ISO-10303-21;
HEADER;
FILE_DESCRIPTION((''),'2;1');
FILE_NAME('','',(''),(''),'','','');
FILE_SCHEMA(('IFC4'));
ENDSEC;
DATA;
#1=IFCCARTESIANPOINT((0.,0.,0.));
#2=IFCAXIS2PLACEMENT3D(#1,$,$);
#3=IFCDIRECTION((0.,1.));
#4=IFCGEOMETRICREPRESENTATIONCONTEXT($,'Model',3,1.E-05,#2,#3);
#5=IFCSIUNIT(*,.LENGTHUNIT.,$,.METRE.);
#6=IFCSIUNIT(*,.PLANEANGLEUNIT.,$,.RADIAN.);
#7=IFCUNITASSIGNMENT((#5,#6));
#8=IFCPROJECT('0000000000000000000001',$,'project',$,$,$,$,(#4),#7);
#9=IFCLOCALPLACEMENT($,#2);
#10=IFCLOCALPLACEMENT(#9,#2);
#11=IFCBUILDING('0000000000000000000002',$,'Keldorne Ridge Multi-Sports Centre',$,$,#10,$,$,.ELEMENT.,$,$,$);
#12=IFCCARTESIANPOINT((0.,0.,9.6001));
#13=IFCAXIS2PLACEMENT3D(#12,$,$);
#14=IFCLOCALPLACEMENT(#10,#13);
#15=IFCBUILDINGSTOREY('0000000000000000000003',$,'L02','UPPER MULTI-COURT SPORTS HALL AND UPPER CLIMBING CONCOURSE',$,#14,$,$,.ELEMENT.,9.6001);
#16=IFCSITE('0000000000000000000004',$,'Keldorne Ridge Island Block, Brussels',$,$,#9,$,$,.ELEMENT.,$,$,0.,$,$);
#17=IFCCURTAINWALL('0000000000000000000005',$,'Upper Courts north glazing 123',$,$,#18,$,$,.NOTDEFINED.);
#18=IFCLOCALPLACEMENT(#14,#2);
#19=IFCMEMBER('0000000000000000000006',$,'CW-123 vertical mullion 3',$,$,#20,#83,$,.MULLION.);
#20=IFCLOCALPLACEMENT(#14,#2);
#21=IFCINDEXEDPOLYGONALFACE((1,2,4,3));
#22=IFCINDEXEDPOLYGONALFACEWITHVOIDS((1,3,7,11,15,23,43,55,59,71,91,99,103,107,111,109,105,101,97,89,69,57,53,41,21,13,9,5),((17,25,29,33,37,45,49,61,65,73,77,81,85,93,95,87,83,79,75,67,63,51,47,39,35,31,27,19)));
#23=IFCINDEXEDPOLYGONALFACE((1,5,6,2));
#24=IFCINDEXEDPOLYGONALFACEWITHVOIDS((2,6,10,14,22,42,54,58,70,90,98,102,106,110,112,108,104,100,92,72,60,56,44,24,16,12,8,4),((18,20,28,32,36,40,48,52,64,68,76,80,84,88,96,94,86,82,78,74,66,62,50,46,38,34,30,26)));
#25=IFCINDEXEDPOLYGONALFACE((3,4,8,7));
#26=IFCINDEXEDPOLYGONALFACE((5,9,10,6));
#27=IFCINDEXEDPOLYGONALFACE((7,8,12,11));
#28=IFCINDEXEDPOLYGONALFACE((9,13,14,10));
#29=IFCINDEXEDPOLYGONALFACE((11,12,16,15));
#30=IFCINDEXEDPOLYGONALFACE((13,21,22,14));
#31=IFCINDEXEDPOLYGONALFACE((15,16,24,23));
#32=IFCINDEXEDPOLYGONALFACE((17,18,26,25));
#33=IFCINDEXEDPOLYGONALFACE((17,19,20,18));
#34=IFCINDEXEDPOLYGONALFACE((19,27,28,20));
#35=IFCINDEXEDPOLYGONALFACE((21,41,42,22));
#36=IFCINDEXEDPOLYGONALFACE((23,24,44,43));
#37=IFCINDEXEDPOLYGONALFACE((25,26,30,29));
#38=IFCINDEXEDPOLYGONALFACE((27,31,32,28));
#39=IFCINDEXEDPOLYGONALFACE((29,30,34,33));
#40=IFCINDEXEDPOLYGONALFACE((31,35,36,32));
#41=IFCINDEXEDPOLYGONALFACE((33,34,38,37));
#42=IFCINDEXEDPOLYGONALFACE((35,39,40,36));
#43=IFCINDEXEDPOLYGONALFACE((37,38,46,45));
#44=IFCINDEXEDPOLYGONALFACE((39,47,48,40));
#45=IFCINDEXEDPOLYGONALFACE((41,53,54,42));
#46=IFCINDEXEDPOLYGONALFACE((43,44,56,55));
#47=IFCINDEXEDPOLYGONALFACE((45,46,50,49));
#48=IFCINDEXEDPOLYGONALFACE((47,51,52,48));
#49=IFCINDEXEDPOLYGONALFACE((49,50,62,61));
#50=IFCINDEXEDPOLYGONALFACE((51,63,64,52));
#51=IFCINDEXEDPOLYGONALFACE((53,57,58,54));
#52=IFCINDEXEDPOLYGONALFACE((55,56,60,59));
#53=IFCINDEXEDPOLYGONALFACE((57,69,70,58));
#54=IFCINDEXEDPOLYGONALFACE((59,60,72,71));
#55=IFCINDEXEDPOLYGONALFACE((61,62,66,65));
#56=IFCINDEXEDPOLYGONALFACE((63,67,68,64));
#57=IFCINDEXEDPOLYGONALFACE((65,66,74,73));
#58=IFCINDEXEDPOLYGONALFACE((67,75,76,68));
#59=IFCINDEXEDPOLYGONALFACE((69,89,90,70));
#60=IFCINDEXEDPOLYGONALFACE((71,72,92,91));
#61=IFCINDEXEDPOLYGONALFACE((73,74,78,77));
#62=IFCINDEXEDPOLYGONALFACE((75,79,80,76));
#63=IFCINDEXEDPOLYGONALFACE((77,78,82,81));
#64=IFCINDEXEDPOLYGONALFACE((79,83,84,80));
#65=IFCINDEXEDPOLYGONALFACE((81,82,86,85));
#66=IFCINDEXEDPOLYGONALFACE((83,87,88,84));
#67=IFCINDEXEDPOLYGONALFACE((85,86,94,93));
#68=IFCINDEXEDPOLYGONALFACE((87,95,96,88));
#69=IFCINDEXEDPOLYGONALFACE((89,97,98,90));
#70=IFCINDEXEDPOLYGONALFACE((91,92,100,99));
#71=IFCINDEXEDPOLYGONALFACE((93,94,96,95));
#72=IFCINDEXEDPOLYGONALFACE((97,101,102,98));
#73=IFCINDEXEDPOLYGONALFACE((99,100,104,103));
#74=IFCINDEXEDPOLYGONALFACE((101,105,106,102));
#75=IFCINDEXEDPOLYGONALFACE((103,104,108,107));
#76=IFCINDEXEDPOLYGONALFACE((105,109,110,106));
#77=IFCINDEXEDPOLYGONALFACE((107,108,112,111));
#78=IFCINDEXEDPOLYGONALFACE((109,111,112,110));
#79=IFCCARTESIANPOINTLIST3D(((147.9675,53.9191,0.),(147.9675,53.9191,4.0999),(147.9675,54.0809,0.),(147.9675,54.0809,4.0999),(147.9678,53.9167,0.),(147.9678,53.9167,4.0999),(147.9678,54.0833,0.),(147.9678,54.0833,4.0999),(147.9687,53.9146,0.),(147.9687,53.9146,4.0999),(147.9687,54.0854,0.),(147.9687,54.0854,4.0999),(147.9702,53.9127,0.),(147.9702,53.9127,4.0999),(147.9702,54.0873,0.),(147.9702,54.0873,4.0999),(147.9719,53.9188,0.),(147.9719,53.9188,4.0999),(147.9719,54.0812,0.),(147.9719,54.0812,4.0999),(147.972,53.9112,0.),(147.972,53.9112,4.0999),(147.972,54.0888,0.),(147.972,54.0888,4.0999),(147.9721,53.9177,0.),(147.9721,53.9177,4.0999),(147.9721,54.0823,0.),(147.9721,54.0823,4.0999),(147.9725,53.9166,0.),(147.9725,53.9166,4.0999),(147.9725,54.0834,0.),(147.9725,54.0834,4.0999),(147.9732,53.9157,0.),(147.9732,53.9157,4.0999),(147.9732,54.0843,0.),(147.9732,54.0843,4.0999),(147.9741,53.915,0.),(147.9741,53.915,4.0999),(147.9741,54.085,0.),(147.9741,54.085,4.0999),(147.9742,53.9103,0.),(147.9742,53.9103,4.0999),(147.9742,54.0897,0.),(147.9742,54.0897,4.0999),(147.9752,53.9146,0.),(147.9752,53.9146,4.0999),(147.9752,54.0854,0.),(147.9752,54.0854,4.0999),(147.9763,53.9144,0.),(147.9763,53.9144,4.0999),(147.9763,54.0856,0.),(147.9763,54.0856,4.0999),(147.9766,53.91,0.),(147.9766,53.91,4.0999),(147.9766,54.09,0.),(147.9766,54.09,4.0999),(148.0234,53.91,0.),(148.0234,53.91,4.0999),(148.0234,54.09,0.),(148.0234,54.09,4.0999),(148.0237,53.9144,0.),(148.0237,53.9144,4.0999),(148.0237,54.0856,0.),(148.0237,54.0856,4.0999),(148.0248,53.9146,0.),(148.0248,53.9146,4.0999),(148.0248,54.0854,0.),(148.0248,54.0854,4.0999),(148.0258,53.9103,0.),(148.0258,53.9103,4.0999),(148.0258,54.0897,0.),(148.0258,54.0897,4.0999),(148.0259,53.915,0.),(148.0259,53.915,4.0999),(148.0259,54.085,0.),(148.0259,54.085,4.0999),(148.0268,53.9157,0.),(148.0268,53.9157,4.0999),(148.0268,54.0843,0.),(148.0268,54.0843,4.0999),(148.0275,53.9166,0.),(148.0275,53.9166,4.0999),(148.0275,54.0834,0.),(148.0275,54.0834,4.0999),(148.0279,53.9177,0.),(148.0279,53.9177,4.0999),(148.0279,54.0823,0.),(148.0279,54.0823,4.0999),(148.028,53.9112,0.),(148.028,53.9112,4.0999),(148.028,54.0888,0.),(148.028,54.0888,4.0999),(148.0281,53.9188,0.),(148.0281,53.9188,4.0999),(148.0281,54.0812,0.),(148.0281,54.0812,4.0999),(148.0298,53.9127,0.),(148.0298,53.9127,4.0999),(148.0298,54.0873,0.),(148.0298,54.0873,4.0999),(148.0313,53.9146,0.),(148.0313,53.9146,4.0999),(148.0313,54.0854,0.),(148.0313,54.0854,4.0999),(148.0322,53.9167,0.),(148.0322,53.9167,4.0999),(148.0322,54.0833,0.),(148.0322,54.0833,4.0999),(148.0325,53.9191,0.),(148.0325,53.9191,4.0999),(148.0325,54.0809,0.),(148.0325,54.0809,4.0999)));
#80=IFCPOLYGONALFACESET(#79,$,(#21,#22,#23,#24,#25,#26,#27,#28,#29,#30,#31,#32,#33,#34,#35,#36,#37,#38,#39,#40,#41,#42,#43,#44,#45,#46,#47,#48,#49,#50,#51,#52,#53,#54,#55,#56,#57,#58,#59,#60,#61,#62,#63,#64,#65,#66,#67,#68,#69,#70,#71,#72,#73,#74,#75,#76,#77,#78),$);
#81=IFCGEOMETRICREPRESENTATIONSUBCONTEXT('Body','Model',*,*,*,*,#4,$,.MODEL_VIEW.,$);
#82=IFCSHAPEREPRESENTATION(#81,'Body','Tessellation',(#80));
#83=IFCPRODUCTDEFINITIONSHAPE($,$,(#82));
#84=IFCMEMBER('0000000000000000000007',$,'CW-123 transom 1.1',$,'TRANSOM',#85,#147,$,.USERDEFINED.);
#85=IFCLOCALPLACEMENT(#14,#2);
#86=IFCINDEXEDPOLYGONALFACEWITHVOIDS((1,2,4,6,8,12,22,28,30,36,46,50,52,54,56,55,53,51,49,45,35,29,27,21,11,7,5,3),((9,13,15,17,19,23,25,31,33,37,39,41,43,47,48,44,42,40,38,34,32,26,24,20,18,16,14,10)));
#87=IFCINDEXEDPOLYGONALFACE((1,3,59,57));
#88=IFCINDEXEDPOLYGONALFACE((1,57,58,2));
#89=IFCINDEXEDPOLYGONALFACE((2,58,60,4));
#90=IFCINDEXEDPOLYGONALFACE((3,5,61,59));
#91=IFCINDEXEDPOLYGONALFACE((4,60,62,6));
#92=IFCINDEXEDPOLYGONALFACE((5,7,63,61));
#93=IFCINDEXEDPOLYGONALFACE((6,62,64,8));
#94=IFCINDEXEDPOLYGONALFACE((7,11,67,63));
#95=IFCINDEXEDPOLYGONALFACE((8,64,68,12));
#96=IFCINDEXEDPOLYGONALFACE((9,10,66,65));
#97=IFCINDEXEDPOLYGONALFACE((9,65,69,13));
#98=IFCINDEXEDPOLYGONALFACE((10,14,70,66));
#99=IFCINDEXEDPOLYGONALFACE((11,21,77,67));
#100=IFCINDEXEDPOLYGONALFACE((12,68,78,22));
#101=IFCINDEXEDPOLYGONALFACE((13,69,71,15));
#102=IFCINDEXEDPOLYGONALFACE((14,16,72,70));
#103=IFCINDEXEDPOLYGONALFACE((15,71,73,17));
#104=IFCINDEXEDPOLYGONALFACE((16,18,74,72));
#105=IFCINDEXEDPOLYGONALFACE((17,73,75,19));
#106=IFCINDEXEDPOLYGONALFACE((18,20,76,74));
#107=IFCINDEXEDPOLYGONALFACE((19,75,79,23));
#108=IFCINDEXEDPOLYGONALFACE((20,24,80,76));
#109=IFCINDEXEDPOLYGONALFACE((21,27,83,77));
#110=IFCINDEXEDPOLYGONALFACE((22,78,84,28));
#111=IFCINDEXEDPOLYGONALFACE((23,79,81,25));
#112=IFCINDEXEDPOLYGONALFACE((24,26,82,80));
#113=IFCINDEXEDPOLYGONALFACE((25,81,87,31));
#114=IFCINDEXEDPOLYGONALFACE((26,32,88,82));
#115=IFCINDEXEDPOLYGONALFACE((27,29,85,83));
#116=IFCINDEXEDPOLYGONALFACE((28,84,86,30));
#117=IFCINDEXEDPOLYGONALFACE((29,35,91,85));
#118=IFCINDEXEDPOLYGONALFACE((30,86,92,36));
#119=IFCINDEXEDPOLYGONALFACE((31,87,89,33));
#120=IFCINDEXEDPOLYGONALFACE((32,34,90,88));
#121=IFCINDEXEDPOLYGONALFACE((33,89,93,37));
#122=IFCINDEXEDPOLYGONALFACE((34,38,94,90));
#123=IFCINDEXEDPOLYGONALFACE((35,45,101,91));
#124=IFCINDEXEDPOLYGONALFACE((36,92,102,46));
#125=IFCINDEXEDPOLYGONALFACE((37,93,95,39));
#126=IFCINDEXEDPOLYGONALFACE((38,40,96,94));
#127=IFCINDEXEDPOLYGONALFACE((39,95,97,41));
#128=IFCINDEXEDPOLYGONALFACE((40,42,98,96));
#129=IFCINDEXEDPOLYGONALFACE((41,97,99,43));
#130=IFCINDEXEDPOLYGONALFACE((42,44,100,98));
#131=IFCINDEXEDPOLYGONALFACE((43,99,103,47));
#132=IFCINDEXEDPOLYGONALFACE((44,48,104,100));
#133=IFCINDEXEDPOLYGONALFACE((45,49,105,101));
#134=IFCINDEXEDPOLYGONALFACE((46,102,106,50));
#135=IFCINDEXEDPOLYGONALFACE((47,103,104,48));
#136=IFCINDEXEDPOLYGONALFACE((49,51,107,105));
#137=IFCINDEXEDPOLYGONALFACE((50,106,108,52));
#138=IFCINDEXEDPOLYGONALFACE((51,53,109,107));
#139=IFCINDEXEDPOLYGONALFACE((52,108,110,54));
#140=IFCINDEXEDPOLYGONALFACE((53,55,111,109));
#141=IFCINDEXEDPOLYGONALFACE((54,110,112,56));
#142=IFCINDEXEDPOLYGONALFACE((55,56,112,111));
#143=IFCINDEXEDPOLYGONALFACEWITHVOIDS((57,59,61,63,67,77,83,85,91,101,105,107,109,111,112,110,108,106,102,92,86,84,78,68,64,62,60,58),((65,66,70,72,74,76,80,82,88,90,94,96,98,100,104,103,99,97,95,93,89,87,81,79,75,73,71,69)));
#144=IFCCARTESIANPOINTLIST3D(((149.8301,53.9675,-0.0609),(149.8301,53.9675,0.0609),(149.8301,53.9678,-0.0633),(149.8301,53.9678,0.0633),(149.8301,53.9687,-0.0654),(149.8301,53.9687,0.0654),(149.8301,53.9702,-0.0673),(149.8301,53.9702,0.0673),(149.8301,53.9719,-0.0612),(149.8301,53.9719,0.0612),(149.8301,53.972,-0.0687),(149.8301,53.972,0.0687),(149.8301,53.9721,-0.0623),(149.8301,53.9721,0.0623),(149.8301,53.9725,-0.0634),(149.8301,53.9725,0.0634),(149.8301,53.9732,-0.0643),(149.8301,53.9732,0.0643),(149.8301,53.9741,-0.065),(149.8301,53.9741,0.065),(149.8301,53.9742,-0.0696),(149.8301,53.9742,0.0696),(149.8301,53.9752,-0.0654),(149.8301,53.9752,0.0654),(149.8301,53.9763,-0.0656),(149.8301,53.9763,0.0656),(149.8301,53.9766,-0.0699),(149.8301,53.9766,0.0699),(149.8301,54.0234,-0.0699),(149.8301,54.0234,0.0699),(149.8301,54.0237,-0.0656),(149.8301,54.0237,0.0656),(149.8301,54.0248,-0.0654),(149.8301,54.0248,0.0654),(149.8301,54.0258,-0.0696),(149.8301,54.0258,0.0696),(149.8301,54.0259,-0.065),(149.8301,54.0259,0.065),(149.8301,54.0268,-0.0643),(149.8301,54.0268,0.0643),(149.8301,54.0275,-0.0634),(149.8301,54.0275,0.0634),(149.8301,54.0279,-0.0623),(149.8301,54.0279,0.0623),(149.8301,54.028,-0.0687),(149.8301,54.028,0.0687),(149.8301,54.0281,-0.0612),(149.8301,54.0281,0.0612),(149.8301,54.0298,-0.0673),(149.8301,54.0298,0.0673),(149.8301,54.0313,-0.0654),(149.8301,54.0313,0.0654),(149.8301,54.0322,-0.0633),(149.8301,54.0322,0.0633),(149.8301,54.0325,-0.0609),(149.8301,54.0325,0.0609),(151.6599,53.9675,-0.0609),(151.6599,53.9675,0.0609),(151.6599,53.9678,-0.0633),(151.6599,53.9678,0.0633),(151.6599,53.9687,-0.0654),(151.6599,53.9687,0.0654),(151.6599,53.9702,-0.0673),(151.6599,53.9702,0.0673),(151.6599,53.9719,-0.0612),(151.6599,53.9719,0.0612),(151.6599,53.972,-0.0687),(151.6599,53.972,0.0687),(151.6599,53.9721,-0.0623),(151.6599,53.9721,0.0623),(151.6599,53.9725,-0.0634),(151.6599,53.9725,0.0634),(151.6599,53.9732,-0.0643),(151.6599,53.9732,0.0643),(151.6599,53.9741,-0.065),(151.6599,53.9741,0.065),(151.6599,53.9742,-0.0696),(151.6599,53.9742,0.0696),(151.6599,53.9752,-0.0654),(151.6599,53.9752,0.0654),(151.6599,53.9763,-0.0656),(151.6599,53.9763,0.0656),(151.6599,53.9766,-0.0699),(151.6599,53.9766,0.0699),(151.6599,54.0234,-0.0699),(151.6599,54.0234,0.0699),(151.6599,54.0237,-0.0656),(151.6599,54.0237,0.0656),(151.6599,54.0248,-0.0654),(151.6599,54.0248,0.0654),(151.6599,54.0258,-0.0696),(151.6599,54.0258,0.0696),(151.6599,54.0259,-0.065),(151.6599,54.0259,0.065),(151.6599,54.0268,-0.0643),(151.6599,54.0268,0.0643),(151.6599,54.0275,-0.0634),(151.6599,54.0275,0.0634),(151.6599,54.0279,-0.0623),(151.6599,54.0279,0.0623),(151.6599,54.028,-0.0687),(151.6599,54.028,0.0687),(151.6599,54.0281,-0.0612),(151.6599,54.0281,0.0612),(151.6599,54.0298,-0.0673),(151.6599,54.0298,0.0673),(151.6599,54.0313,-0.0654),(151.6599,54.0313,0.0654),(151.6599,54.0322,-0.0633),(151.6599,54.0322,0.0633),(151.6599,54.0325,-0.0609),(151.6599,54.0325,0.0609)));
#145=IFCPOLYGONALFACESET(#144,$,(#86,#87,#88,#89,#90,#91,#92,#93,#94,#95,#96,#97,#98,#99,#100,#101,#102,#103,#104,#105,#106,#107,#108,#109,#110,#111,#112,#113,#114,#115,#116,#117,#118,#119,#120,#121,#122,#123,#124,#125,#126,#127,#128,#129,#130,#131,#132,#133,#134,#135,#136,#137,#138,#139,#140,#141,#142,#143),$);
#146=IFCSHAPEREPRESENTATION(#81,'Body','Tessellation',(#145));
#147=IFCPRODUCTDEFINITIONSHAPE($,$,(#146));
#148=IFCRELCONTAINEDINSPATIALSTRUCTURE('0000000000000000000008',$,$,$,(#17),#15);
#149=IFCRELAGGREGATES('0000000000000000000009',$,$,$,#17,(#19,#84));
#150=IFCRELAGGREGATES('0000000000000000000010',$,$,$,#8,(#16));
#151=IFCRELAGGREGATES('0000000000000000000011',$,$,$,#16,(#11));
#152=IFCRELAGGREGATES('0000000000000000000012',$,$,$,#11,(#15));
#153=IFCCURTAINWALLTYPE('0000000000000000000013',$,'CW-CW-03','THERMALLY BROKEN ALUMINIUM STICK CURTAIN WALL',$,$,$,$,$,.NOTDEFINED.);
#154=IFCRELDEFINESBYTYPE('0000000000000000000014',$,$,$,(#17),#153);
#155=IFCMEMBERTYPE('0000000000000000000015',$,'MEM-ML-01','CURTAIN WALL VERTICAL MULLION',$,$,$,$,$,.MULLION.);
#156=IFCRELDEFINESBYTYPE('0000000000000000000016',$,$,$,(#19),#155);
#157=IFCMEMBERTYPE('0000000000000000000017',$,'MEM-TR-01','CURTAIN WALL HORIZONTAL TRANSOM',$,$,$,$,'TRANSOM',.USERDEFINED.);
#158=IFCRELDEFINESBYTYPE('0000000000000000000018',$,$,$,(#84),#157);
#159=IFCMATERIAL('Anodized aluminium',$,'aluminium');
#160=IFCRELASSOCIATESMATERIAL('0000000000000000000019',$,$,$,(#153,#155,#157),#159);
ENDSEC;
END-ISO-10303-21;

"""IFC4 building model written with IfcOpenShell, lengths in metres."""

from ifc_helpers import new_model, si_unit, direction, frame, origin, origin_2d, place, context, subcontext, project, spatial, hollow_rectangle, extrude, material, material_profile, profile_set, type_object, element, aggregate, save


model = new_model("IFC4")

# Units and contexts
model_context = context("Model", 3, precision=1e-05, world=origin(), true_north=direction((0.0, 1.0)))
body_context = subcontext(model_context, "Body", "Model", "MODEL_VIEW")
ifc_project = project(units=[si_unit("LENGTHUNIT", "METRE"), si_unit("PLANEANGLEUNIT", "RADIAN")], contexts=[model_context])

# Site, building, storey
site_placement = place(None, origin())
site = spatial("IfcSite", under=ifc_project, at=site_placement, Name="Keldorne Ridge Island Block, Brussels", CompositionType="ELEMENT", RefElevation=0.0)
building_placement = place(site_placement, origin())
building = spatial("IfcBuilding", under=site, at=building_placement, Name="Keldorne Ridge Multi-Sports Centre", CompositionType="ELEMENT")
storey_placement = place(building_placement, frame((0.0, 0.0, 9.6001)))
storey = spatial("IfcBuildingStorey", under=building, at=storey_placement, Name="L02", Description="UPPER MULTI-COURT SPORTS HALL AND UPPER CLIMBING CONCOURSE", CompositionType="ELEMENT", Elevation=9.6001)

# Curtain wall, members
ifc_material_1 = material(Name="Anodized aluminium", Category="aluminium")
curtain_wall_type = type_object("IfcCurtainWallType", Name="CW-CW-03", Description="THERMALLY BROKEN ALUMINIUM STICK CURTAIN WALL", PredefinedType="NOTDEFINED", material=ifc_material_1)
curtain_wall_placement = place(storey_placement, origin())
curtain_wall = element("IfcCurtainWall", 1, at=curtain_wall_placement, inside=storey, type_object=curtain_wall_type, Name="Upper Courts north glazing 123", PredefinedType="NOTDEFINED")
ifc_material_profile_1 = material_profile(ifc_material_1, hollow_rectangle(XDim=0.0649, YDim=0.1799, WallThickness=0.0044, InnerFilletRadius=0.0044, OuterFilletRadius=0.009, at=origin_2d()), Name="ALU MULLION 180x65x4.5")
ifc_profile_set_1 = profile_set([ifc_material_profile_1], Name="Anodized aluminium")
member_type_1 = type_object("IfcMemberType", Name="MEM-ML-01", Description="CURTAIN WALL VERTICAL MULLION", PredefinedType="MULLION", material=ifc_profile_set_1)
member_1_placement = place(storey_placement, frame((148.0, 54.0, 0.0), z_axis=(0.0, 0.0, 1.0), x_axis=(1.0, 0.0, 0.0)))
member_1 = element("IfcMember", 2, at=member_1_placement, type_object=member_type_1, Name="CW-123 vertical mullion 3", PredefinedType="MULLION", context=body_context, shape_type="SweptSolid", body=[
    extrude(hollow_rectangle(XDim=0.0649, YDim=0.1799, WallThickness=0.0044, InnerFilletRadius=0.0044, OuterFilletRadius=0.009, at=origin_2d()), origin(), (0.0, 0.0, 1.0), 4.0999),
])
ifc_material_profile_2 = material_profile(ifc_material_1, hollow_rectangle(XDim=0.0649, YDim=0.1399, WallThickness=0.0044, InnerFilletRadius=0.0044, OuterFilletRadius=0.009, at=origin_2d()), Name="ALU TRANSOM 140x65x4.5")
ifc_profile_set_2 = profile_set([ifc_material_profile_2], Name="Anodized aluminium")
member_type_2 = type_object("IfcMemberType", Name="MEM-TR-01", Description="CURTAIN WALL HORIZONTAL TRANSOM", ElementType="TRANSOM", PredefinedType="USERDEFINED", material=ifc_profile_set_2)
member_2_placement = place(storey_placement, frame((151.6599, 54.0, 0.0), z_axis=(-1.0, 0.0, 0.0), x_axis=(0.0, -1.0, 0.0)))
member_2 = element("IfcMember", 3, at=member_2_placement, type_object=member_type_2, Name="CW-123 transom 1.1", ObjectType="TRANSOM", PredefinedType="USERDEFINED", context=body_context, shape_type="SweptSolid", body=[
    extrude(hollow_rectangle(XDim=0.0649, YDim=0.1399, WallThickness=0.0044, InnerFilletRadius=0.0044, OuterFilletRadius=0.009, at=origin_2d()), origin(), (0.0, 0.0, 1.0), 1.8298),
])
aggregate(curtain_wall, [member_1, member_2])

save(model, "model.ifc")
